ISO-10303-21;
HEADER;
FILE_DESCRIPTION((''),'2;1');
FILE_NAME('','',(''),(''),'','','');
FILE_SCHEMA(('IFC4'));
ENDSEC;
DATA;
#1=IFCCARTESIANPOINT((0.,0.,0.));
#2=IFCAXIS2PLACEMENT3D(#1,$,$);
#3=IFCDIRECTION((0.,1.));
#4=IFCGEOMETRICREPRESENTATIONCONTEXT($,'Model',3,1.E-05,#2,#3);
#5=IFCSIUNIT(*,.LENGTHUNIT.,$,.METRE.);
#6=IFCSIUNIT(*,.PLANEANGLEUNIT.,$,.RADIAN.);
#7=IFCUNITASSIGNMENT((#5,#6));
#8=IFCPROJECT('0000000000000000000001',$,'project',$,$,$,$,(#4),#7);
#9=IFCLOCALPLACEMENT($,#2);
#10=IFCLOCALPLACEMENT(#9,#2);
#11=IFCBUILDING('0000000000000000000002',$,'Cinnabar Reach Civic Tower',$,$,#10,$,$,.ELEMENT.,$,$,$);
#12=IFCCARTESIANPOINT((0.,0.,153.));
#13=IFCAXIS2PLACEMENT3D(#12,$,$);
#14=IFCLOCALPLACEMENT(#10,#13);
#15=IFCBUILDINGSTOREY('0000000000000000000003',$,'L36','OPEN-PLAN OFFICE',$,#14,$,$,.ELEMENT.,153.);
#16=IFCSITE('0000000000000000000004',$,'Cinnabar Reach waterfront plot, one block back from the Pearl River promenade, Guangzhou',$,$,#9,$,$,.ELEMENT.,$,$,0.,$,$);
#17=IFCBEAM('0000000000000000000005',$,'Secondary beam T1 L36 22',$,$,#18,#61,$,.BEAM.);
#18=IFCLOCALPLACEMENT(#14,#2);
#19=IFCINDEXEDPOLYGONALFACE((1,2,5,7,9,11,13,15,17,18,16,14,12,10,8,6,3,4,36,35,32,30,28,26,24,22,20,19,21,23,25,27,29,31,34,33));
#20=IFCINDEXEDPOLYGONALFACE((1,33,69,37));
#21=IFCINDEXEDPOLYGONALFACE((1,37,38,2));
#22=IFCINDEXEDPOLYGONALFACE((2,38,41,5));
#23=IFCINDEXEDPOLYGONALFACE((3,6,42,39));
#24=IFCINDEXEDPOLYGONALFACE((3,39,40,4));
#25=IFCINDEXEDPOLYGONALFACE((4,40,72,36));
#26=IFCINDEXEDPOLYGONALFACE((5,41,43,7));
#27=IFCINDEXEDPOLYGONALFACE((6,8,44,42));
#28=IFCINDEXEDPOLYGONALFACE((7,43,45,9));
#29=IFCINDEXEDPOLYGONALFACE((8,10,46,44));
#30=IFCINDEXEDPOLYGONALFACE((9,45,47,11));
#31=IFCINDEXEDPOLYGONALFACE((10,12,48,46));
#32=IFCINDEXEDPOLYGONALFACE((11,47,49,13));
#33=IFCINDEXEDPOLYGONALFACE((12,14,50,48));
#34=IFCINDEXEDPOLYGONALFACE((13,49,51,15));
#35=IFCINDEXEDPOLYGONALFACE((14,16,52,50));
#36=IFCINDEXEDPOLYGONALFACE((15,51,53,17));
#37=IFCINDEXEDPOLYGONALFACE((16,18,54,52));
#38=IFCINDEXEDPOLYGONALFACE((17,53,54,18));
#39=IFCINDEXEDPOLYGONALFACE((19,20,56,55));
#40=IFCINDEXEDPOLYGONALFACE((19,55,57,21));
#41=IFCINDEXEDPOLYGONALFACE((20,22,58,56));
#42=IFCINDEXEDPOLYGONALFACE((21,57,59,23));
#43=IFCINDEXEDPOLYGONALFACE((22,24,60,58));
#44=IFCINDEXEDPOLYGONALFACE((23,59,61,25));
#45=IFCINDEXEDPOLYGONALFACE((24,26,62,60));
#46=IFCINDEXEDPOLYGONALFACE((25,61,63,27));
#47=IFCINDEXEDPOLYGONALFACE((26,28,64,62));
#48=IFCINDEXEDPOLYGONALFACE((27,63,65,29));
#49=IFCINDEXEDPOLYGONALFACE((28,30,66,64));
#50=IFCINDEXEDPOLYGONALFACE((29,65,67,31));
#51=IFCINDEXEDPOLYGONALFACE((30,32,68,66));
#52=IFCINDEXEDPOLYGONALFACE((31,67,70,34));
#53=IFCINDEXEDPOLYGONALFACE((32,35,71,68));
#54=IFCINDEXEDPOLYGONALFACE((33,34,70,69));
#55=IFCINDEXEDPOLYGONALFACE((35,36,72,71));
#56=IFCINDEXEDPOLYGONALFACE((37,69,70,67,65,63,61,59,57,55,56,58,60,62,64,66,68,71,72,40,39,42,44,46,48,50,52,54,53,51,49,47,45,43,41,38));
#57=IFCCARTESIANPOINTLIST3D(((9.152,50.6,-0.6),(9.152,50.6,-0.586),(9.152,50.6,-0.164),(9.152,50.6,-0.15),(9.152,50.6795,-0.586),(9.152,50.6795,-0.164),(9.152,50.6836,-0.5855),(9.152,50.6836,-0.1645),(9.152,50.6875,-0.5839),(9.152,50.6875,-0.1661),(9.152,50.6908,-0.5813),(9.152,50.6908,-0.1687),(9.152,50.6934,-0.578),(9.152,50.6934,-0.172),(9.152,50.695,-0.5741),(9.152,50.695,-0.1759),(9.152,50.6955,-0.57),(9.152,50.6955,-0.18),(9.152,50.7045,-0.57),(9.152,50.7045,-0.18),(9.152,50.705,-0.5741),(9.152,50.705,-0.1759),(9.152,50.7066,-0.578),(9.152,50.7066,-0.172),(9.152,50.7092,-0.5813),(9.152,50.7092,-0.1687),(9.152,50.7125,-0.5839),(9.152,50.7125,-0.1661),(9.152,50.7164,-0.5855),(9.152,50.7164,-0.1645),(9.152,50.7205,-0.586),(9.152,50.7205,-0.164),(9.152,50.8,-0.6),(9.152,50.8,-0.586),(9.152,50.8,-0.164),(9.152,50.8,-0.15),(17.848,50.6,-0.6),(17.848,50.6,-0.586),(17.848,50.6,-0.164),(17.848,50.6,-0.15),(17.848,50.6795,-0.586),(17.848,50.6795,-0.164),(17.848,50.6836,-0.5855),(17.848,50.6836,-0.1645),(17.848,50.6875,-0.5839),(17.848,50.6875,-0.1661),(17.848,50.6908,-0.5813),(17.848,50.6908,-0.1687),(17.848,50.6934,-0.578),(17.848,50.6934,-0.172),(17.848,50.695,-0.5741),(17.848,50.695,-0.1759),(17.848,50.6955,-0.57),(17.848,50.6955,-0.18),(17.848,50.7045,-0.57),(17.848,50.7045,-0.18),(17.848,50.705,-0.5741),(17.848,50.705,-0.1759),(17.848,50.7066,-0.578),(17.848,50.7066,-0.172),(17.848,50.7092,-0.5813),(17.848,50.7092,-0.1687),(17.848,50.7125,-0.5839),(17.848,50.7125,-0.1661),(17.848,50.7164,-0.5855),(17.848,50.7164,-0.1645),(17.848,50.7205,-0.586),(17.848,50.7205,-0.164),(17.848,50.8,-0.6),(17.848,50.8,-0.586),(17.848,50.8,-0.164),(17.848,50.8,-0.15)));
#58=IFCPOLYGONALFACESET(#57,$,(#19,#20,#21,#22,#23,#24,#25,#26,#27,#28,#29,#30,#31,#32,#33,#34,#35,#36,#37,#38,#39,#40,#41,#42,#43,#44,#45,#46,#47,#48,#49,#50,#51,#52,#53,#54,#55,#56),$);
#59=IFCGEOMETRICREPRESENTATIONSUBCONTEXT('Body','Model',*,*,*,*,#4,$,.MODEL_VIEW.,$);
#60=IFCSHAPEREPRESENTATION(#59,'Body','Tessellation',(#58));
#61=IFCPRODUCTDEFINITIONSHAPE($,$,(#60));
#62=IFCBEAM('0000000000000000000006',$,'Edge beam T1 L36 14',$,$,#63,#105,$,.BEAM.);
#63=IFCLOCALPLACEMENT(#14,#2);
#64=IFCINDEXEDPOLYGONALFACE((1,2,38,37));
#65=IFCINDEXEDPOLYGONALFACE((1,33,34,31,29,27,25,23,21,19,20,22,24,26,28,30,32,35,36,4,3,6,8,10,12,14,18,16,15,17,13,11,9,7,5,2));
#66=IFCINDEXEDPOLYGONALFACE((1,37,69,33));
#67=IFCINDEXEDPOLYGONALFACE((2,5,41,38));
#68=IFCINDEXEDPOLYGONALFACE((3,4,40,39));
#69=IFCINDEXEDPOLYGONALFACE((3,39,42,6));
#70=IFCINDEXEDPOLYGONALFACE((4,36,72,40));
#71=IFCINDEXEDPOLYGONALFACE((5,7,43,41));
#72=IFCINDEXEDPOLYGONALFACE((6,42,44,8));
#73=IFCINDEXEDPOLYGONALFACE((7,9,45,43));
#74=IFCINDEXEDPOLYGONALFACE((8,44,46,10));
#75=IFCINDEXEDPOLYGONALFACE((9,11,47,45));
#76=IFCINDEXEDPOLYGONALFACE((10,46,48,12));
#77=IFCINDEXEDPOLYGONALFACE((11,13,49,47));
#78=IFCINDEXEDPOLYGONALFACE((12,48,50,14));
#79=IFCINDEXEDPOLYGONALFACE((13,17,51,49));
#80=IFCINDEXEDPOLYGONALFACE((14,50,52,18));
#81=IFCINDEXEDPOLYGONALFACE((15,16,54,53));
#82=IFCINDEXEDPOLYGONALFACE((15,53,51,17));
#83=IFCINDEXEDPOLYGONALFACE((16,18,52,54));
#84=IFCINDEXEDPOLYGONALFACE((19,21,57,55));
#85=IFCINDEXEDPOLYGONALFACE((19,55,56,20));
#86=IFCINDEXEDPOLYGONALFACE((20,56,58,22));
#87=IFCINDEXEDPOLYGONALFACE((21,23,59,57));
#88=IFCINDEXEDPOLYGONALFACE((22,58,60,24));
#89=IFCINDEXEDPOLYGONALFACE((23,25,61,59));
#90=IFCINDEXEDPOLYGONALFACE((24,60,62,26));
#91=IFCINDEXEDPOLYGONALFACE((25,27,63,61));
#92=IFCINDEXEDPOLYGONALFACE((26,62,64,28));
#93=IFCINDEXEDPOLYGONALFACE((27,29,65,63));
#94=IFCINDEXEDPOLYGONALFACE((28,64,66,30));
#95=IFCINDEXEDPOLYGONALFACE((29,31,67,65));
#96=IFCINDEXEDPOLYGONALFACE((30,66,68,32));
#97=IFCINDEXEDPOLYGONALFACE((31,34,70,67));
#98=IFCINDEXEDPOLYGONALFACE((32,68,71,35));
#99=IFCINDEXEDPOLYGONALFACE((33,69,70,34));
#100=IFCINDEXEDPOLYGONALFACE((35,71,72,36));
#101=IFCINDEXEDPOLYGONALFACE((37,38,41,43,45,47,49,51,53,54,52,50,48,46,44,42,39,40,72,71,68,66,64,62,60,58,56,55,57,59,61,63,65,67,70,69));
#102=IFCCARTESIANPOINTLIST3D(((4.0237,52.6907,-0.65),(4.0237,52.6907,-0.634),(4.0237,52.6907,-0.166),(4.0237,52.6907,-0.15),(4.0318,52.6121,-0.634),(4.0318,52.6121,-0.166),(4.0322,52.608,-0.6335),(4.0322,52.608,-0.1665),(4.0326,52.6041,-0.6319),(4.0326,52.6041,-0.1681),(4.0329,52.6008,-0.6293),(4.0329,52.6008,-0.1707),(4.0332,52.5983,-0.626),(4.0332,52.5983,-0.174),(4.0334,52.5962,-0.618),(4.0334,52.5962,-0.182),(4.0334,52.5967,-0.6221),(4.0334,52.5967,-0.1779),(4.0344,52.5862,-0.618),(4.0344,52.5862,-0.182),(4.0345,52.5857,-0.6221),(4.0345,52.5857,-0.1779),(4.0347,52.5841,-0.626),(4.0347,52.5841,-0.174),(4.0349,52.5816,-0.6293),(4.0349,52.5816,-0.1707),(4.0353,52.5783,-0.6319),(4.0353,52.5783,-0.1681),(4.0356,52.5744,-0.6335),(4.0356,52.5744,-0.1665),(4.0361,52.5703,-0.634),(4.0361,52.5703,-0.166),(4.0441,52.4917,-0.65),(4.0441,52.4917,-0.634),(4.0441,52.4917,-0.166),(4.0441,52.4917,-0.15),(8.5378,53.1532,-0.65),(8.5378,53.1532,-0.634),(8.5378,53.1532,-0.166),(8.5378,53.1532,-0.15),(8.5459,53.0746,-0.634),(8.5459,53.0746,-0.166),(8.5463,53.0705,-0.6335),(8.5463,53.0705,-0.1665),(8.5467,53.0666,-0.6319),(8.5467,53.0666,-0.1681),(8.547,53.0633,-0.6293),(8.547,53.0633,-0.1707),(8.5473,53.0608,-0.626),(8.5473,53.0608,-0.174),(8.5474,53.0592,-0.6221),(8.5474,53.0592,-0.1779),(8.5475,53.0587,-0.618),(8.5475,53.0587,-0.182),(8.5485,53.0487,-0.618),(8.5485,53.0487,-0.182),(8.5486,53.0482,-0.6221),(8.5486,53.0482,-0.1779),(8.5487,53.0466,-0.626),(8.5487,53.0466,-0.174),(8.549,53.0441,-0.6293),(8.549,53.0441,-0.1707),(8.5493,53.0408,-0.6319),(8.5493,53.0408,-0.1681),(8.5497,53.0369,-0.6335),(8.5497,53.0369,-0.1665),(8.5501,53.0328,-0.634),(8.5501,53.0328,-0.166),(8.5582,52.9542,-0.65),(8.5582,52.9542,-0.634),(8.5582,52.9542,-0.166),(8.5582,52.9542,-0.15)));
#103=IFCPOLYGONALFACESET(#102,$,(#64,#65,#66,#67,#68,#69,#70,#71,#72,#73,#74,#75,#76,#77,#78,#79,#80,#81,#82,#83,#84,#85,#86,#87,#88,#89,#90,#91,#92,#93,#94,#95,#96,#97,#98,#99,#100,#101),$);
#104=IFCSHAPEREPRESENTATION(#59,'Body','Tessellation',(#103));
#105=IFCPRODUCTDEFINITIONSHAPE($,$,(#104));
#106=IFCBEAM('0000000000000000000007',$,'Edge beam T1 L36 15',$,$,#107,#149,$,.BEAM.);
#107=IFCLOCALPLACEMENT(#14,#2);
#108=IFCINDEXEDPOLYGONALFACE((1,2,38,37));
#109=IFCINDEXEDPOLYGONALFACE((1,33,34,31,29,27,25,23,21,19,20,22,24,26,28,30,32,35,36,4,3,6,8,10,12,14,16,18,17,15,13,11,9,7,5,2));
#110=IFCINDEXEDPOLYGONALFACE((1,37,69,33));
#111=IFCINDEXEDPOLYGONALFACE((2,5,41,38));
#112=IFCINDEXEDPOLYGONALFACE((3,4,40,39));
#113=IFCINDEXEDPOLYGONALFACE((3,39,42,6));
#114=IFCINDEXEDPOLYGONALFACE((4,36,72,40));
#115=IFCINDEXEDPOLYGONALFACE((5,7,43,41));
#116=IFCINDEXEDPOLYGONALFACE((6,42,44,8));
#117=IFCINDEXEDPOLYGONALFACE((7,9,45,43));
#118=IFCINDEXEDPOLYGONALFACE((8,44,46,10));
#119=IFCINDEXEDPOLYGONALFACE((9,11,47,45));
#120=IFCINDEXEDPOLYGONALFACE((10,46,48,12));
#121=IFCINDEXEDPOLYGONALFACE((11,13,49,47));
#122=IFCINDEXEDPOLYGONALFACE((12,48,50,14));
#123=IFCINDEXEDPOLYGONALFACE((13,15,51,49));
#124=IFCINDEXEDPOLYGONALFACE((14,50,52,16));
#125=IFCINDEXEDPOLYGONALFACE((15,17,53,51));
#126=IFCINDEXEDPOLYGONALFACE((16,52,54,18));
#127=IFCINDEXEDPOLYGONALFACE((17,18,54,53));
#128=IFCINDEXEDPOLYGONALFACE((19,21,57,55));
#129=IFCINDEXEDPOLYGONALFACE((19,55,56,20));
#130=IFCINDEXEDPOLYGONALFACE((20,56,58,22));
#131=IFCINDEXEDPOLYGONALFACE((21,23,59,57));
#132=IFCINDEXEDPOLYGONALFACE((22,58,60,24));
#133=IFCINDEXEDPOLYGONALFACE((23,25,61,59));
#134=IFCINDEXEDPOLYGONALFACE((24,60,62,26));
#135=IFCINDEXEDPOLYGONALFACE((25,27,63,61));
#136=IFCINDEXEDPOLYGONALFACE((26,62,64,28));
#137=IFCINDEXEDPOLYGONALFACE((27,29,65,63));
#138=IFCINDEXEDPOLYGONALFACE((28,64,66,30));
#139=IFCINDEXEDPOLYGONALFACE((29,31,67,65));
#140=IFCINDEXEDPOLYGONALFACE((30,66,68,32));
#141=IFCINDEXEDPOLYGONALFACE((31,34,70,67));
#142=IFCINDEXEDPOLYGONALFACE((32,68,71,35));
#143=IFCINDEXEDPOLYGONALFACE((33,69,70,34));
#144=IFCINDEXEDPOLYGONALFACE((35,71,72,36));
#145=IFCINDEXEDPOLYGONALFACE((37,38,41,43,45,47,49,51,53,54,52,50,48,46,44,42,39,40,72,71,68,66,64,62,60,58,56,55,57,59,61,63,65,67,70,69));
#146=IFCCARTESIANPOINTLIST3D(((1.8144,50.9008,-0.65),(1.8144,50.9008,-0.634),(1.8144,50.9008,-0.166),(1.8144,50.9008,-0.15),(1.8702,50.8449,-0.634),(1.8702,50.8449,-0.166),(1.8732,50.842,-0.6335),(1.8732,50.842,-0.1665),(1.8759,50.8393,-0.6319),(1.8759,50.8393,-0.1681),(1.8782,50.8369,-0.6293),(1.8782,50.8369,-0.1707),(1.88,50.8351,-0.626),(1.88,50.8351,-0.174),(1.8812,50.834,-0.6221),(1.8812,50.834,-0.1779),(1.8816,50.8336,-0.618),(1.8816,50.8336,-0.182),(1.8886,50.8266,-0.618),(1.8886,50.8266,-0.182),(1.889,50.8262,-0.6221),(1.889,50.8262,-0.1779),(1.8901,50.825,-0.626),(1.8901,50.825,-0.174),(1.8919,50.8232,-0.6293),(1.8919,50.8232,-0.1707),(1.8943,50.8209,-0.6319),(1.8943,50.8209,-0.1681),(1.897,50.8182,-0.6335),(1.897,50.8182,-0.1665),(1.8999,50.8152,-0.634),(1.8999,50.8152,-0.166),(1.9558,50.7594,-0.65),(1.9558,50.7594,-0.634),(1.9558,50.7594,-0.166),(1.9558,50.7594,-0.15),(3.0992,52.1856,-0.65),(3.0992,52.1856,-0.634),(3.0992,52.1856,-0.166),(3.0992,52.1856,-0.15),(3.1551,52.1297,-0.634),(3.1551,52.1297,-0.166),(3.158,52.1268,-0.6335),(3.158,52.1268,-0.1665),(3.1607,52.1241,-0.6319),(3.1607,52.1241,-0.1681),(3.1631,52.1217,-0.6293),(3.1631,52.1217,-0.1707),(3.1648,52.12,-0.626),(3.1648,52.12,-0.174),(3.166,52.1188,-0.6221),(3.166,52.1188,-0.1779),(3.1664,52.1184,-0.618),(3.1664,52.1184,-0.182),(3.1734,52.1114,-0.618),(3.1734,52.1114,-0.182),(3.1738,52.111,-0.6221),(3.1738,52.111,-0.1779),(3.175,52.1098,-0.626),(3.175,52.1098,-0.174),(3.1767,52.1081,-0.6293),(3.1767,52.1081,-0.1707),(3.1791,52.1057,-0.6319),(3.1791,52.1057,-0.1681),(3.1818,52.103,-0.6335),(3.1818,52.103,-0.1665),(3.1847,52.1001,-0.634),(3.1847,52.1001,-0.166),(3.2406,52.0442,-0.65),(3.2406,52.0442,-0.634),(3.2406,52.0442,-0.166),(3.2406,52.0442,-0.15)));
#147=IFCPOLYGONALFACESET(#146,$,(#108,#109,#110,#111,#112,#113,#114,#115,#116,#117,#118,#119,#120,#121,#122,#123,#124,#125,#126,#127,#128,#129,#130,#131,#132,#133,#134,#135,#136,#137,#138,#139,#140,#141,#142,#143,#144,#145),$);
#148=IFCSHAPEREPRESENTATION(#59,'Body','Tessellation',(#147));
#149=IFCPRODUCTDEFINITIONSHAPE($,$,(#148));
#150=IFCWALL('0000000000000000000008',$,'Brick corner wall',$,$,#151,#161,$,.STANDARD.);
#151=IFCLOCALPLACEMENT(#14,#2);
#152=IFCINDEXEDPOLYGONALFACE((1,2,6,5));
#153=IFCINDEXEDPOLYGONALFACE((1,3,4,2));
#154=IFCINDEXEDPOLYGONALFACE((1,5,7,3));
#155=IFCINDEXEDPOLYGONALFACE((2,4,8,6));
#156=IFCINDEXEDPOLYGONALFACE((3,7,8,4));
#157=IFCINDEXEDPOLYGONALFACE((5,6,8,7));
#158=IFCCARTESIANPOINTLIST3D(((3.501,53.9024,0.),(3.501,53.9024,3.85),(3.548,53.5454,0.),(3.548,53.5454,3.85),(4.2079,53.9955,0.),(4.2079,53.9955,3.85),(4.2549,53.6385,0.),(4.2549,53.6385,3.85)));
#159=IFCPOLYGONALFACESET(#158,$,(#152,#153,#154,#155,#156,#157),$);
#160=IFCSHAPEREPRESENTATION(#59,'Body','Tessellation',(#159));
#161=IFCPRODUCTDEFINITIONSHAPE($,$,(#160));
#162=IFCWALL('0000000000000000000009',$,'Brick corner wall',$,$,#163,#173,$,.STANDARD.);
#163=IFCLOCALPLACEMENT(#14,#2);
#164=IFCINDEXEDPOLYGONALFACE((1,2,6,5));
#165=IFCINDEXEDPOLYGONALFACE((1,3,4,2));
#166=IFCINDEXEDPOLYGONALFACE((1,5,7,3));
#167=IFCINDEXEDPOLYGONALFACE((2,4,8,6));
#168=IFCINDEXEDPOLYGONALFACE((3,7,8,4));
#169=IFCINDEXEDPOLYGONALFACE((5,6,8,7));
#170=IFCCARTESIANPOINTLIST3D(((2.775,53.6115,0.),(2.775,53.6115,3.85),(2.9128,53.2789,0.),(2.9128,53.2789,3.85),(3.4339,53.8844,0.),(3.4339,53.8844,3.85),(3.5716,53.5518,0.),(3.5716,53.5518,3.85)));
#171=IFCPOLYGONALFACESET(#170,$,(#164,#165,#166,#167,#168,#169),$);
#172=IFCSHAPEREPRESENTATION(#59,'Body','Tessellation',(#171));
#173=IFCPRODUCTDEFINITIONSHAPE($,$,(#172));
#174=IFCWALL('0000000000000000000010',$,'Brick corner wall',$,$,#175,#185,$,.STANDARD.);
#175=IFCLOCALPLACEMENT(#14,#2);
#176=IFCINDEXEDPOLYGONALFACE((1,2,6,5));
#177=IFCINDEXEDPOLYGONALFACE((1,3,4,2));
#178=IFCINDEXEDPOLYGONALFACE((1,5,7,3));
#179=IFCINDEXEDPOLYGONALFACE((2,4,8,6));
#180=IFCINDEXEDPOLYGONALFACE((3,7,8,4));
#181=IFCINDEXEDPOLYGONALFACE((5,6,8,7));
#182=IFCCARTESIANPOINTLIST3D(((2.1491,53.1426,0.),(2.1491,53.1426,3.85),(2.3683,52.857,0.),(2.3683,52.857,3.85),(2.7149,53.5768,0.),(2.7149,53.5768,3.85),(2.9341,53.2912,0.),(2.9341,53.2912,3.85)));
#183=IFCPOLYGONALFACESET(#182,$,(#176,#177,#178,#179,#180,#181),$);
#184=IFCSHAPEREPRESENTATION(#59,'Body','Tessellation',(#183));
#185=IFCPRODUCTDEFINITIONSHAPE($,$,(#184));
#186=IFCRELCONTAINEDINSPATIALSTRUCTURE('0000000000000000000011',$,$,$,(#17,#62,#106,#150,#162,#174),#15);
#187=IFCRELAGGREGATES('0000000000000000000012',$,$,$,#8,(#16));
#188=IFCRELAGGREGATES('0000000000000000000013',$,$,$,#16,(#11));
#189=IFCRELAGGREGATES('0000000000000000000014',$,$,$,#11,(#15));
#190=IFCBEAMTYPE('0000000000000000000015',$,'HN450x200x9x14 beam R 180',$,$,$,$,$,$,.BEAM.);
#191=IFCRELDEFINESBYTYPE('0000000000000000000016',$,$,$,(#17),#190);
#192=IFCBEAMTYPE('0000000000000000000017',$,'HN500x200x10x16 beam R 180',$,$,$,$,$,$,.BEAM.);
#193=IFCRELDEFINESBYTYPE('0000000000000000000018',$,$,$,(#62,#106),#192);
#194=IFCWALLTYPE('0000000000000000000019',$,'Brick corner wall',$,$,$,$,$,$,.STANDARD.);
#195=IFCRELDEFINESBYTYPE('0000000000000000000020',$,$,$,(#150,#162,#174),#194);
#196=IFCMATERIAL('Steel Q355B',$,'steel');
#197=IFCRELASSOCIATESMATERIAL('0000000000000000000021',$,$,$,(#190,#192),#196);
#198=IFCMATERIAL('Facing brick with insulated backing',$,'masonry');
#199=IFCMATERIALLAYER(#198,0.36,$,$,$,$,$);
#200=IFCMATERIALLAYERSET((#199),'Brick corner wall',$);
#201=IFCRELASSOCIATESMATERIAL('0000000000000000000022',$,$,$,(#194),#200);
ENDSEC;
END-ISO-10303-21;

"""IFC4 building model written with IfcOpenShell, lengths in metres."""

from ifc_helpers import new_model, si_unit, direction, frame, frame_2d, origin, origin_2d, place, context, subcontext, project, spatial, rectangle, i_section, extrude, material, layer, layer_set, material_profile, profile_set, type_object, element, save


model = new_model("IFC4")

# Units and contexts
model_context = context("Model", 3, precision=1e-05, world=origin(), true_north=direction((0.0, 1.0)))
body_context = subcontext(model_context, "Body", "Model", "MODEL_VIEW")
ifc_project = project(units=[si_unit("LENGTHUNIT", "METRE"), si_unit("PLANEANGLEUNIT", "RADIAN")], contexts=[model_context])

# Site, building, storey
site_placement = place(None, origin())
site = spatial("IfcSite", under=ifc_project, at=site_placement, Name="Cinnabar Reach waterfront plot, one block back from the Pearl River promenade, Guangzhou", CompositionType="ELEMENT", RefElevation=0.0)
building_placement = place(site_placement, origin())
building = spatial("IfcBuilding", under=site, at=building_placement, Name="Cinnabar Reach Civic Tower", CompositionType="ELEMENT")
storey_placement = place(building_placement, frame((0.0, 0.0, 153.0)))
storey = spatial("IfcBuildingStorey", under=building, at=storey_placement, Name="L36", Description="OPEN-PLAN OFFICE", CompositionType="ELEMENT", Elevation=153.0)

# Beams
ifc_material_1 = material(Name="Steel Q355B", Category="steel")
ifc_material_profile_1 = material_profile(ifc_material_1, i_section(OverallWidth=0.2, OverallDepth=0.45, WebThickness=0.009, FlangeThickness=0.014, FilletRadius=0.016, at=origin_2d()), Name="HN450x200x9x14")
ifc_profile_set_1 = profile_set([ifc_material_profile_1], Name="Steel Q355B")
beam_type_1 = type_object("IfcBeamType", Name="HN450x200x9x14 beam R 180", PredefinedType="BEAM", material=ifc_profile_set_1)
for number, where, z_axis, x_axis, name in (
    (1, (9.152, 50.7, -0.375), (1.0, 0.0, 0.0), (0.0, 1.0, 0.0), "Secondary beam T1 L36 22"),
):
    element("IfcBeam", number, at=place(storey_placement, frame(where, z_axis=z_axis, x_axis=x_axis)), inside=storey, type_object=beam_type_1, Name=name, PredefinedType="BEAM", context=body_context, shape_type="SweptSolid", body=[
        extrude(i_section(OverallWidth=0.2, OverallDepth=0.45, WebThickness=0.009, FlangeThickness=0.014, FilletRadius=0.016, at=origin_2d()), origin(), (0.0, 0.0, 1.0), 8.696),
    ])
ifc_material_profile_2 = material_profile(ifc_material_1, i_section(OverallWidth=0.2, OverallDepth=0.5, WebThickness=0.01, FlangeThickness=0.016, FilletRadius=0.016, at=origin_2d()), Name="HN500x200x10x16")
ifc_profile_set_2 = profile_set([ifc_material_profile_2], Name="Steel Q355B")
beam_type_2 = type_object("IfcBeamType", Name="HN500x200x10x16 beam R 180", PredefinedType="BEAM", material=ifc_profile_set_2)
beam_1_placement = place(storey_placement, frame((8.548, 53.0537, -0.4), z_axis=(-0.994792, -0.101923, 0.0), x_axis=(0.101923, -0.994792, 0.0)))
element("IfcBeam", 2, at=beam_1_placement, inside=storey, type_object=beam_type_2, Name="Edge beam T1 L36 14", PredefinedType="BEAM", context=body_context, shape_type="SweptSolid", body=[
    extrude(i_section(OverallWidth=0.2, OverallDepth=0.5, WebThickness=0.01, FlangeThickness=0.016, FilletRadius=0.016, at=origin_2d()), origin(), (0.0, 0.0, 1.0), 4.5377),
])
beam_2_placement = place(storey_placement, frame((3.1699, 52.1149, -0.4), z_axis=(-0.707107, -0.707107, 0.0), x_axis=(0.707107, -0.707107, 0.0)))
element("IfcBeam", 3, at=beam_2_placement, inside=storey, type_object=beam_type_2, Name="Edge beam T1 L36 15", PredefinedType="BEAM", context=body_context, shape_type="SweptSolid", body=[
    extrude(i_section(OverallWidth=0.2, OverallDepth=0.5, WebThickness=0.01, FlangeThickness=0.016, FilletRadius=0.016, at=origin_2d()), origin(), (0.0, 0.0, 1.0), 1.817),
])

# Walls
ifc_material_2 = material(Name="Facing brick with insulated backing", Category="masonry")
ifc_layer_1 = layer(ifc_material_2, 0.36)
ifc_layer_set_1 = layer_set([ifc_layer_1], Name="Brick corner wall")
wall_type_1 = type_object("IfcWallType", Name="Brick corner wall", PredefinedType="STANDARD", material=ifc_layer_set_1)
for number, where, z_axis, x_axis, name in (
    (4, (4.2314, 53.817, 0.0), (0.0, 0.0, 1.0), (-0.991441, -0.130556, 0.0), "Brick corner wall"),
    (5, (3.5027, 53.7181, 0.0), (0.0, 0.0, 1.0), (-0.923872, -0.382703, 0.0), "Brick corner wall"),
):
    element("IfcWall", number, at=place(storey_placement, frame(where, z_axis=z_axis, x_axis=x_axis)), inside=storey, type_object=wall_type_1, Name=name, PredefinedType="STANDARD", context=body_context, shape_type="SweptSolid", body=[
        extrude(rectangle(XDim=0.7131, YDim=0.36, at=frame_2d((0.3565, 0.0))), origin(), (0.0, 0.0, 1.0), 3.85),
    ])
wall_1_placement = place(storey_placement, frame((2.8245, 53.434, 0.0), z_axis=(0.0, 0.0, 1.0), x_axis=(-0.793322, -0.608802, 0.0)))
element("IfcWall", 6, at=wall_1_placement, inside=storey, type_object=wall_type_1, Name="Brick corner wall", PredefinedType="STANDARD", context=body_context, shape_type="SweptSolid", body=[
    extrude(rectangle(XDim=0.7132, YDim=0.36, at=frame_2d((0.3566, 0.0))), origin(), (0.0, 0.0, 1.0), 3.85),
])

save(model, "model.ifc")
